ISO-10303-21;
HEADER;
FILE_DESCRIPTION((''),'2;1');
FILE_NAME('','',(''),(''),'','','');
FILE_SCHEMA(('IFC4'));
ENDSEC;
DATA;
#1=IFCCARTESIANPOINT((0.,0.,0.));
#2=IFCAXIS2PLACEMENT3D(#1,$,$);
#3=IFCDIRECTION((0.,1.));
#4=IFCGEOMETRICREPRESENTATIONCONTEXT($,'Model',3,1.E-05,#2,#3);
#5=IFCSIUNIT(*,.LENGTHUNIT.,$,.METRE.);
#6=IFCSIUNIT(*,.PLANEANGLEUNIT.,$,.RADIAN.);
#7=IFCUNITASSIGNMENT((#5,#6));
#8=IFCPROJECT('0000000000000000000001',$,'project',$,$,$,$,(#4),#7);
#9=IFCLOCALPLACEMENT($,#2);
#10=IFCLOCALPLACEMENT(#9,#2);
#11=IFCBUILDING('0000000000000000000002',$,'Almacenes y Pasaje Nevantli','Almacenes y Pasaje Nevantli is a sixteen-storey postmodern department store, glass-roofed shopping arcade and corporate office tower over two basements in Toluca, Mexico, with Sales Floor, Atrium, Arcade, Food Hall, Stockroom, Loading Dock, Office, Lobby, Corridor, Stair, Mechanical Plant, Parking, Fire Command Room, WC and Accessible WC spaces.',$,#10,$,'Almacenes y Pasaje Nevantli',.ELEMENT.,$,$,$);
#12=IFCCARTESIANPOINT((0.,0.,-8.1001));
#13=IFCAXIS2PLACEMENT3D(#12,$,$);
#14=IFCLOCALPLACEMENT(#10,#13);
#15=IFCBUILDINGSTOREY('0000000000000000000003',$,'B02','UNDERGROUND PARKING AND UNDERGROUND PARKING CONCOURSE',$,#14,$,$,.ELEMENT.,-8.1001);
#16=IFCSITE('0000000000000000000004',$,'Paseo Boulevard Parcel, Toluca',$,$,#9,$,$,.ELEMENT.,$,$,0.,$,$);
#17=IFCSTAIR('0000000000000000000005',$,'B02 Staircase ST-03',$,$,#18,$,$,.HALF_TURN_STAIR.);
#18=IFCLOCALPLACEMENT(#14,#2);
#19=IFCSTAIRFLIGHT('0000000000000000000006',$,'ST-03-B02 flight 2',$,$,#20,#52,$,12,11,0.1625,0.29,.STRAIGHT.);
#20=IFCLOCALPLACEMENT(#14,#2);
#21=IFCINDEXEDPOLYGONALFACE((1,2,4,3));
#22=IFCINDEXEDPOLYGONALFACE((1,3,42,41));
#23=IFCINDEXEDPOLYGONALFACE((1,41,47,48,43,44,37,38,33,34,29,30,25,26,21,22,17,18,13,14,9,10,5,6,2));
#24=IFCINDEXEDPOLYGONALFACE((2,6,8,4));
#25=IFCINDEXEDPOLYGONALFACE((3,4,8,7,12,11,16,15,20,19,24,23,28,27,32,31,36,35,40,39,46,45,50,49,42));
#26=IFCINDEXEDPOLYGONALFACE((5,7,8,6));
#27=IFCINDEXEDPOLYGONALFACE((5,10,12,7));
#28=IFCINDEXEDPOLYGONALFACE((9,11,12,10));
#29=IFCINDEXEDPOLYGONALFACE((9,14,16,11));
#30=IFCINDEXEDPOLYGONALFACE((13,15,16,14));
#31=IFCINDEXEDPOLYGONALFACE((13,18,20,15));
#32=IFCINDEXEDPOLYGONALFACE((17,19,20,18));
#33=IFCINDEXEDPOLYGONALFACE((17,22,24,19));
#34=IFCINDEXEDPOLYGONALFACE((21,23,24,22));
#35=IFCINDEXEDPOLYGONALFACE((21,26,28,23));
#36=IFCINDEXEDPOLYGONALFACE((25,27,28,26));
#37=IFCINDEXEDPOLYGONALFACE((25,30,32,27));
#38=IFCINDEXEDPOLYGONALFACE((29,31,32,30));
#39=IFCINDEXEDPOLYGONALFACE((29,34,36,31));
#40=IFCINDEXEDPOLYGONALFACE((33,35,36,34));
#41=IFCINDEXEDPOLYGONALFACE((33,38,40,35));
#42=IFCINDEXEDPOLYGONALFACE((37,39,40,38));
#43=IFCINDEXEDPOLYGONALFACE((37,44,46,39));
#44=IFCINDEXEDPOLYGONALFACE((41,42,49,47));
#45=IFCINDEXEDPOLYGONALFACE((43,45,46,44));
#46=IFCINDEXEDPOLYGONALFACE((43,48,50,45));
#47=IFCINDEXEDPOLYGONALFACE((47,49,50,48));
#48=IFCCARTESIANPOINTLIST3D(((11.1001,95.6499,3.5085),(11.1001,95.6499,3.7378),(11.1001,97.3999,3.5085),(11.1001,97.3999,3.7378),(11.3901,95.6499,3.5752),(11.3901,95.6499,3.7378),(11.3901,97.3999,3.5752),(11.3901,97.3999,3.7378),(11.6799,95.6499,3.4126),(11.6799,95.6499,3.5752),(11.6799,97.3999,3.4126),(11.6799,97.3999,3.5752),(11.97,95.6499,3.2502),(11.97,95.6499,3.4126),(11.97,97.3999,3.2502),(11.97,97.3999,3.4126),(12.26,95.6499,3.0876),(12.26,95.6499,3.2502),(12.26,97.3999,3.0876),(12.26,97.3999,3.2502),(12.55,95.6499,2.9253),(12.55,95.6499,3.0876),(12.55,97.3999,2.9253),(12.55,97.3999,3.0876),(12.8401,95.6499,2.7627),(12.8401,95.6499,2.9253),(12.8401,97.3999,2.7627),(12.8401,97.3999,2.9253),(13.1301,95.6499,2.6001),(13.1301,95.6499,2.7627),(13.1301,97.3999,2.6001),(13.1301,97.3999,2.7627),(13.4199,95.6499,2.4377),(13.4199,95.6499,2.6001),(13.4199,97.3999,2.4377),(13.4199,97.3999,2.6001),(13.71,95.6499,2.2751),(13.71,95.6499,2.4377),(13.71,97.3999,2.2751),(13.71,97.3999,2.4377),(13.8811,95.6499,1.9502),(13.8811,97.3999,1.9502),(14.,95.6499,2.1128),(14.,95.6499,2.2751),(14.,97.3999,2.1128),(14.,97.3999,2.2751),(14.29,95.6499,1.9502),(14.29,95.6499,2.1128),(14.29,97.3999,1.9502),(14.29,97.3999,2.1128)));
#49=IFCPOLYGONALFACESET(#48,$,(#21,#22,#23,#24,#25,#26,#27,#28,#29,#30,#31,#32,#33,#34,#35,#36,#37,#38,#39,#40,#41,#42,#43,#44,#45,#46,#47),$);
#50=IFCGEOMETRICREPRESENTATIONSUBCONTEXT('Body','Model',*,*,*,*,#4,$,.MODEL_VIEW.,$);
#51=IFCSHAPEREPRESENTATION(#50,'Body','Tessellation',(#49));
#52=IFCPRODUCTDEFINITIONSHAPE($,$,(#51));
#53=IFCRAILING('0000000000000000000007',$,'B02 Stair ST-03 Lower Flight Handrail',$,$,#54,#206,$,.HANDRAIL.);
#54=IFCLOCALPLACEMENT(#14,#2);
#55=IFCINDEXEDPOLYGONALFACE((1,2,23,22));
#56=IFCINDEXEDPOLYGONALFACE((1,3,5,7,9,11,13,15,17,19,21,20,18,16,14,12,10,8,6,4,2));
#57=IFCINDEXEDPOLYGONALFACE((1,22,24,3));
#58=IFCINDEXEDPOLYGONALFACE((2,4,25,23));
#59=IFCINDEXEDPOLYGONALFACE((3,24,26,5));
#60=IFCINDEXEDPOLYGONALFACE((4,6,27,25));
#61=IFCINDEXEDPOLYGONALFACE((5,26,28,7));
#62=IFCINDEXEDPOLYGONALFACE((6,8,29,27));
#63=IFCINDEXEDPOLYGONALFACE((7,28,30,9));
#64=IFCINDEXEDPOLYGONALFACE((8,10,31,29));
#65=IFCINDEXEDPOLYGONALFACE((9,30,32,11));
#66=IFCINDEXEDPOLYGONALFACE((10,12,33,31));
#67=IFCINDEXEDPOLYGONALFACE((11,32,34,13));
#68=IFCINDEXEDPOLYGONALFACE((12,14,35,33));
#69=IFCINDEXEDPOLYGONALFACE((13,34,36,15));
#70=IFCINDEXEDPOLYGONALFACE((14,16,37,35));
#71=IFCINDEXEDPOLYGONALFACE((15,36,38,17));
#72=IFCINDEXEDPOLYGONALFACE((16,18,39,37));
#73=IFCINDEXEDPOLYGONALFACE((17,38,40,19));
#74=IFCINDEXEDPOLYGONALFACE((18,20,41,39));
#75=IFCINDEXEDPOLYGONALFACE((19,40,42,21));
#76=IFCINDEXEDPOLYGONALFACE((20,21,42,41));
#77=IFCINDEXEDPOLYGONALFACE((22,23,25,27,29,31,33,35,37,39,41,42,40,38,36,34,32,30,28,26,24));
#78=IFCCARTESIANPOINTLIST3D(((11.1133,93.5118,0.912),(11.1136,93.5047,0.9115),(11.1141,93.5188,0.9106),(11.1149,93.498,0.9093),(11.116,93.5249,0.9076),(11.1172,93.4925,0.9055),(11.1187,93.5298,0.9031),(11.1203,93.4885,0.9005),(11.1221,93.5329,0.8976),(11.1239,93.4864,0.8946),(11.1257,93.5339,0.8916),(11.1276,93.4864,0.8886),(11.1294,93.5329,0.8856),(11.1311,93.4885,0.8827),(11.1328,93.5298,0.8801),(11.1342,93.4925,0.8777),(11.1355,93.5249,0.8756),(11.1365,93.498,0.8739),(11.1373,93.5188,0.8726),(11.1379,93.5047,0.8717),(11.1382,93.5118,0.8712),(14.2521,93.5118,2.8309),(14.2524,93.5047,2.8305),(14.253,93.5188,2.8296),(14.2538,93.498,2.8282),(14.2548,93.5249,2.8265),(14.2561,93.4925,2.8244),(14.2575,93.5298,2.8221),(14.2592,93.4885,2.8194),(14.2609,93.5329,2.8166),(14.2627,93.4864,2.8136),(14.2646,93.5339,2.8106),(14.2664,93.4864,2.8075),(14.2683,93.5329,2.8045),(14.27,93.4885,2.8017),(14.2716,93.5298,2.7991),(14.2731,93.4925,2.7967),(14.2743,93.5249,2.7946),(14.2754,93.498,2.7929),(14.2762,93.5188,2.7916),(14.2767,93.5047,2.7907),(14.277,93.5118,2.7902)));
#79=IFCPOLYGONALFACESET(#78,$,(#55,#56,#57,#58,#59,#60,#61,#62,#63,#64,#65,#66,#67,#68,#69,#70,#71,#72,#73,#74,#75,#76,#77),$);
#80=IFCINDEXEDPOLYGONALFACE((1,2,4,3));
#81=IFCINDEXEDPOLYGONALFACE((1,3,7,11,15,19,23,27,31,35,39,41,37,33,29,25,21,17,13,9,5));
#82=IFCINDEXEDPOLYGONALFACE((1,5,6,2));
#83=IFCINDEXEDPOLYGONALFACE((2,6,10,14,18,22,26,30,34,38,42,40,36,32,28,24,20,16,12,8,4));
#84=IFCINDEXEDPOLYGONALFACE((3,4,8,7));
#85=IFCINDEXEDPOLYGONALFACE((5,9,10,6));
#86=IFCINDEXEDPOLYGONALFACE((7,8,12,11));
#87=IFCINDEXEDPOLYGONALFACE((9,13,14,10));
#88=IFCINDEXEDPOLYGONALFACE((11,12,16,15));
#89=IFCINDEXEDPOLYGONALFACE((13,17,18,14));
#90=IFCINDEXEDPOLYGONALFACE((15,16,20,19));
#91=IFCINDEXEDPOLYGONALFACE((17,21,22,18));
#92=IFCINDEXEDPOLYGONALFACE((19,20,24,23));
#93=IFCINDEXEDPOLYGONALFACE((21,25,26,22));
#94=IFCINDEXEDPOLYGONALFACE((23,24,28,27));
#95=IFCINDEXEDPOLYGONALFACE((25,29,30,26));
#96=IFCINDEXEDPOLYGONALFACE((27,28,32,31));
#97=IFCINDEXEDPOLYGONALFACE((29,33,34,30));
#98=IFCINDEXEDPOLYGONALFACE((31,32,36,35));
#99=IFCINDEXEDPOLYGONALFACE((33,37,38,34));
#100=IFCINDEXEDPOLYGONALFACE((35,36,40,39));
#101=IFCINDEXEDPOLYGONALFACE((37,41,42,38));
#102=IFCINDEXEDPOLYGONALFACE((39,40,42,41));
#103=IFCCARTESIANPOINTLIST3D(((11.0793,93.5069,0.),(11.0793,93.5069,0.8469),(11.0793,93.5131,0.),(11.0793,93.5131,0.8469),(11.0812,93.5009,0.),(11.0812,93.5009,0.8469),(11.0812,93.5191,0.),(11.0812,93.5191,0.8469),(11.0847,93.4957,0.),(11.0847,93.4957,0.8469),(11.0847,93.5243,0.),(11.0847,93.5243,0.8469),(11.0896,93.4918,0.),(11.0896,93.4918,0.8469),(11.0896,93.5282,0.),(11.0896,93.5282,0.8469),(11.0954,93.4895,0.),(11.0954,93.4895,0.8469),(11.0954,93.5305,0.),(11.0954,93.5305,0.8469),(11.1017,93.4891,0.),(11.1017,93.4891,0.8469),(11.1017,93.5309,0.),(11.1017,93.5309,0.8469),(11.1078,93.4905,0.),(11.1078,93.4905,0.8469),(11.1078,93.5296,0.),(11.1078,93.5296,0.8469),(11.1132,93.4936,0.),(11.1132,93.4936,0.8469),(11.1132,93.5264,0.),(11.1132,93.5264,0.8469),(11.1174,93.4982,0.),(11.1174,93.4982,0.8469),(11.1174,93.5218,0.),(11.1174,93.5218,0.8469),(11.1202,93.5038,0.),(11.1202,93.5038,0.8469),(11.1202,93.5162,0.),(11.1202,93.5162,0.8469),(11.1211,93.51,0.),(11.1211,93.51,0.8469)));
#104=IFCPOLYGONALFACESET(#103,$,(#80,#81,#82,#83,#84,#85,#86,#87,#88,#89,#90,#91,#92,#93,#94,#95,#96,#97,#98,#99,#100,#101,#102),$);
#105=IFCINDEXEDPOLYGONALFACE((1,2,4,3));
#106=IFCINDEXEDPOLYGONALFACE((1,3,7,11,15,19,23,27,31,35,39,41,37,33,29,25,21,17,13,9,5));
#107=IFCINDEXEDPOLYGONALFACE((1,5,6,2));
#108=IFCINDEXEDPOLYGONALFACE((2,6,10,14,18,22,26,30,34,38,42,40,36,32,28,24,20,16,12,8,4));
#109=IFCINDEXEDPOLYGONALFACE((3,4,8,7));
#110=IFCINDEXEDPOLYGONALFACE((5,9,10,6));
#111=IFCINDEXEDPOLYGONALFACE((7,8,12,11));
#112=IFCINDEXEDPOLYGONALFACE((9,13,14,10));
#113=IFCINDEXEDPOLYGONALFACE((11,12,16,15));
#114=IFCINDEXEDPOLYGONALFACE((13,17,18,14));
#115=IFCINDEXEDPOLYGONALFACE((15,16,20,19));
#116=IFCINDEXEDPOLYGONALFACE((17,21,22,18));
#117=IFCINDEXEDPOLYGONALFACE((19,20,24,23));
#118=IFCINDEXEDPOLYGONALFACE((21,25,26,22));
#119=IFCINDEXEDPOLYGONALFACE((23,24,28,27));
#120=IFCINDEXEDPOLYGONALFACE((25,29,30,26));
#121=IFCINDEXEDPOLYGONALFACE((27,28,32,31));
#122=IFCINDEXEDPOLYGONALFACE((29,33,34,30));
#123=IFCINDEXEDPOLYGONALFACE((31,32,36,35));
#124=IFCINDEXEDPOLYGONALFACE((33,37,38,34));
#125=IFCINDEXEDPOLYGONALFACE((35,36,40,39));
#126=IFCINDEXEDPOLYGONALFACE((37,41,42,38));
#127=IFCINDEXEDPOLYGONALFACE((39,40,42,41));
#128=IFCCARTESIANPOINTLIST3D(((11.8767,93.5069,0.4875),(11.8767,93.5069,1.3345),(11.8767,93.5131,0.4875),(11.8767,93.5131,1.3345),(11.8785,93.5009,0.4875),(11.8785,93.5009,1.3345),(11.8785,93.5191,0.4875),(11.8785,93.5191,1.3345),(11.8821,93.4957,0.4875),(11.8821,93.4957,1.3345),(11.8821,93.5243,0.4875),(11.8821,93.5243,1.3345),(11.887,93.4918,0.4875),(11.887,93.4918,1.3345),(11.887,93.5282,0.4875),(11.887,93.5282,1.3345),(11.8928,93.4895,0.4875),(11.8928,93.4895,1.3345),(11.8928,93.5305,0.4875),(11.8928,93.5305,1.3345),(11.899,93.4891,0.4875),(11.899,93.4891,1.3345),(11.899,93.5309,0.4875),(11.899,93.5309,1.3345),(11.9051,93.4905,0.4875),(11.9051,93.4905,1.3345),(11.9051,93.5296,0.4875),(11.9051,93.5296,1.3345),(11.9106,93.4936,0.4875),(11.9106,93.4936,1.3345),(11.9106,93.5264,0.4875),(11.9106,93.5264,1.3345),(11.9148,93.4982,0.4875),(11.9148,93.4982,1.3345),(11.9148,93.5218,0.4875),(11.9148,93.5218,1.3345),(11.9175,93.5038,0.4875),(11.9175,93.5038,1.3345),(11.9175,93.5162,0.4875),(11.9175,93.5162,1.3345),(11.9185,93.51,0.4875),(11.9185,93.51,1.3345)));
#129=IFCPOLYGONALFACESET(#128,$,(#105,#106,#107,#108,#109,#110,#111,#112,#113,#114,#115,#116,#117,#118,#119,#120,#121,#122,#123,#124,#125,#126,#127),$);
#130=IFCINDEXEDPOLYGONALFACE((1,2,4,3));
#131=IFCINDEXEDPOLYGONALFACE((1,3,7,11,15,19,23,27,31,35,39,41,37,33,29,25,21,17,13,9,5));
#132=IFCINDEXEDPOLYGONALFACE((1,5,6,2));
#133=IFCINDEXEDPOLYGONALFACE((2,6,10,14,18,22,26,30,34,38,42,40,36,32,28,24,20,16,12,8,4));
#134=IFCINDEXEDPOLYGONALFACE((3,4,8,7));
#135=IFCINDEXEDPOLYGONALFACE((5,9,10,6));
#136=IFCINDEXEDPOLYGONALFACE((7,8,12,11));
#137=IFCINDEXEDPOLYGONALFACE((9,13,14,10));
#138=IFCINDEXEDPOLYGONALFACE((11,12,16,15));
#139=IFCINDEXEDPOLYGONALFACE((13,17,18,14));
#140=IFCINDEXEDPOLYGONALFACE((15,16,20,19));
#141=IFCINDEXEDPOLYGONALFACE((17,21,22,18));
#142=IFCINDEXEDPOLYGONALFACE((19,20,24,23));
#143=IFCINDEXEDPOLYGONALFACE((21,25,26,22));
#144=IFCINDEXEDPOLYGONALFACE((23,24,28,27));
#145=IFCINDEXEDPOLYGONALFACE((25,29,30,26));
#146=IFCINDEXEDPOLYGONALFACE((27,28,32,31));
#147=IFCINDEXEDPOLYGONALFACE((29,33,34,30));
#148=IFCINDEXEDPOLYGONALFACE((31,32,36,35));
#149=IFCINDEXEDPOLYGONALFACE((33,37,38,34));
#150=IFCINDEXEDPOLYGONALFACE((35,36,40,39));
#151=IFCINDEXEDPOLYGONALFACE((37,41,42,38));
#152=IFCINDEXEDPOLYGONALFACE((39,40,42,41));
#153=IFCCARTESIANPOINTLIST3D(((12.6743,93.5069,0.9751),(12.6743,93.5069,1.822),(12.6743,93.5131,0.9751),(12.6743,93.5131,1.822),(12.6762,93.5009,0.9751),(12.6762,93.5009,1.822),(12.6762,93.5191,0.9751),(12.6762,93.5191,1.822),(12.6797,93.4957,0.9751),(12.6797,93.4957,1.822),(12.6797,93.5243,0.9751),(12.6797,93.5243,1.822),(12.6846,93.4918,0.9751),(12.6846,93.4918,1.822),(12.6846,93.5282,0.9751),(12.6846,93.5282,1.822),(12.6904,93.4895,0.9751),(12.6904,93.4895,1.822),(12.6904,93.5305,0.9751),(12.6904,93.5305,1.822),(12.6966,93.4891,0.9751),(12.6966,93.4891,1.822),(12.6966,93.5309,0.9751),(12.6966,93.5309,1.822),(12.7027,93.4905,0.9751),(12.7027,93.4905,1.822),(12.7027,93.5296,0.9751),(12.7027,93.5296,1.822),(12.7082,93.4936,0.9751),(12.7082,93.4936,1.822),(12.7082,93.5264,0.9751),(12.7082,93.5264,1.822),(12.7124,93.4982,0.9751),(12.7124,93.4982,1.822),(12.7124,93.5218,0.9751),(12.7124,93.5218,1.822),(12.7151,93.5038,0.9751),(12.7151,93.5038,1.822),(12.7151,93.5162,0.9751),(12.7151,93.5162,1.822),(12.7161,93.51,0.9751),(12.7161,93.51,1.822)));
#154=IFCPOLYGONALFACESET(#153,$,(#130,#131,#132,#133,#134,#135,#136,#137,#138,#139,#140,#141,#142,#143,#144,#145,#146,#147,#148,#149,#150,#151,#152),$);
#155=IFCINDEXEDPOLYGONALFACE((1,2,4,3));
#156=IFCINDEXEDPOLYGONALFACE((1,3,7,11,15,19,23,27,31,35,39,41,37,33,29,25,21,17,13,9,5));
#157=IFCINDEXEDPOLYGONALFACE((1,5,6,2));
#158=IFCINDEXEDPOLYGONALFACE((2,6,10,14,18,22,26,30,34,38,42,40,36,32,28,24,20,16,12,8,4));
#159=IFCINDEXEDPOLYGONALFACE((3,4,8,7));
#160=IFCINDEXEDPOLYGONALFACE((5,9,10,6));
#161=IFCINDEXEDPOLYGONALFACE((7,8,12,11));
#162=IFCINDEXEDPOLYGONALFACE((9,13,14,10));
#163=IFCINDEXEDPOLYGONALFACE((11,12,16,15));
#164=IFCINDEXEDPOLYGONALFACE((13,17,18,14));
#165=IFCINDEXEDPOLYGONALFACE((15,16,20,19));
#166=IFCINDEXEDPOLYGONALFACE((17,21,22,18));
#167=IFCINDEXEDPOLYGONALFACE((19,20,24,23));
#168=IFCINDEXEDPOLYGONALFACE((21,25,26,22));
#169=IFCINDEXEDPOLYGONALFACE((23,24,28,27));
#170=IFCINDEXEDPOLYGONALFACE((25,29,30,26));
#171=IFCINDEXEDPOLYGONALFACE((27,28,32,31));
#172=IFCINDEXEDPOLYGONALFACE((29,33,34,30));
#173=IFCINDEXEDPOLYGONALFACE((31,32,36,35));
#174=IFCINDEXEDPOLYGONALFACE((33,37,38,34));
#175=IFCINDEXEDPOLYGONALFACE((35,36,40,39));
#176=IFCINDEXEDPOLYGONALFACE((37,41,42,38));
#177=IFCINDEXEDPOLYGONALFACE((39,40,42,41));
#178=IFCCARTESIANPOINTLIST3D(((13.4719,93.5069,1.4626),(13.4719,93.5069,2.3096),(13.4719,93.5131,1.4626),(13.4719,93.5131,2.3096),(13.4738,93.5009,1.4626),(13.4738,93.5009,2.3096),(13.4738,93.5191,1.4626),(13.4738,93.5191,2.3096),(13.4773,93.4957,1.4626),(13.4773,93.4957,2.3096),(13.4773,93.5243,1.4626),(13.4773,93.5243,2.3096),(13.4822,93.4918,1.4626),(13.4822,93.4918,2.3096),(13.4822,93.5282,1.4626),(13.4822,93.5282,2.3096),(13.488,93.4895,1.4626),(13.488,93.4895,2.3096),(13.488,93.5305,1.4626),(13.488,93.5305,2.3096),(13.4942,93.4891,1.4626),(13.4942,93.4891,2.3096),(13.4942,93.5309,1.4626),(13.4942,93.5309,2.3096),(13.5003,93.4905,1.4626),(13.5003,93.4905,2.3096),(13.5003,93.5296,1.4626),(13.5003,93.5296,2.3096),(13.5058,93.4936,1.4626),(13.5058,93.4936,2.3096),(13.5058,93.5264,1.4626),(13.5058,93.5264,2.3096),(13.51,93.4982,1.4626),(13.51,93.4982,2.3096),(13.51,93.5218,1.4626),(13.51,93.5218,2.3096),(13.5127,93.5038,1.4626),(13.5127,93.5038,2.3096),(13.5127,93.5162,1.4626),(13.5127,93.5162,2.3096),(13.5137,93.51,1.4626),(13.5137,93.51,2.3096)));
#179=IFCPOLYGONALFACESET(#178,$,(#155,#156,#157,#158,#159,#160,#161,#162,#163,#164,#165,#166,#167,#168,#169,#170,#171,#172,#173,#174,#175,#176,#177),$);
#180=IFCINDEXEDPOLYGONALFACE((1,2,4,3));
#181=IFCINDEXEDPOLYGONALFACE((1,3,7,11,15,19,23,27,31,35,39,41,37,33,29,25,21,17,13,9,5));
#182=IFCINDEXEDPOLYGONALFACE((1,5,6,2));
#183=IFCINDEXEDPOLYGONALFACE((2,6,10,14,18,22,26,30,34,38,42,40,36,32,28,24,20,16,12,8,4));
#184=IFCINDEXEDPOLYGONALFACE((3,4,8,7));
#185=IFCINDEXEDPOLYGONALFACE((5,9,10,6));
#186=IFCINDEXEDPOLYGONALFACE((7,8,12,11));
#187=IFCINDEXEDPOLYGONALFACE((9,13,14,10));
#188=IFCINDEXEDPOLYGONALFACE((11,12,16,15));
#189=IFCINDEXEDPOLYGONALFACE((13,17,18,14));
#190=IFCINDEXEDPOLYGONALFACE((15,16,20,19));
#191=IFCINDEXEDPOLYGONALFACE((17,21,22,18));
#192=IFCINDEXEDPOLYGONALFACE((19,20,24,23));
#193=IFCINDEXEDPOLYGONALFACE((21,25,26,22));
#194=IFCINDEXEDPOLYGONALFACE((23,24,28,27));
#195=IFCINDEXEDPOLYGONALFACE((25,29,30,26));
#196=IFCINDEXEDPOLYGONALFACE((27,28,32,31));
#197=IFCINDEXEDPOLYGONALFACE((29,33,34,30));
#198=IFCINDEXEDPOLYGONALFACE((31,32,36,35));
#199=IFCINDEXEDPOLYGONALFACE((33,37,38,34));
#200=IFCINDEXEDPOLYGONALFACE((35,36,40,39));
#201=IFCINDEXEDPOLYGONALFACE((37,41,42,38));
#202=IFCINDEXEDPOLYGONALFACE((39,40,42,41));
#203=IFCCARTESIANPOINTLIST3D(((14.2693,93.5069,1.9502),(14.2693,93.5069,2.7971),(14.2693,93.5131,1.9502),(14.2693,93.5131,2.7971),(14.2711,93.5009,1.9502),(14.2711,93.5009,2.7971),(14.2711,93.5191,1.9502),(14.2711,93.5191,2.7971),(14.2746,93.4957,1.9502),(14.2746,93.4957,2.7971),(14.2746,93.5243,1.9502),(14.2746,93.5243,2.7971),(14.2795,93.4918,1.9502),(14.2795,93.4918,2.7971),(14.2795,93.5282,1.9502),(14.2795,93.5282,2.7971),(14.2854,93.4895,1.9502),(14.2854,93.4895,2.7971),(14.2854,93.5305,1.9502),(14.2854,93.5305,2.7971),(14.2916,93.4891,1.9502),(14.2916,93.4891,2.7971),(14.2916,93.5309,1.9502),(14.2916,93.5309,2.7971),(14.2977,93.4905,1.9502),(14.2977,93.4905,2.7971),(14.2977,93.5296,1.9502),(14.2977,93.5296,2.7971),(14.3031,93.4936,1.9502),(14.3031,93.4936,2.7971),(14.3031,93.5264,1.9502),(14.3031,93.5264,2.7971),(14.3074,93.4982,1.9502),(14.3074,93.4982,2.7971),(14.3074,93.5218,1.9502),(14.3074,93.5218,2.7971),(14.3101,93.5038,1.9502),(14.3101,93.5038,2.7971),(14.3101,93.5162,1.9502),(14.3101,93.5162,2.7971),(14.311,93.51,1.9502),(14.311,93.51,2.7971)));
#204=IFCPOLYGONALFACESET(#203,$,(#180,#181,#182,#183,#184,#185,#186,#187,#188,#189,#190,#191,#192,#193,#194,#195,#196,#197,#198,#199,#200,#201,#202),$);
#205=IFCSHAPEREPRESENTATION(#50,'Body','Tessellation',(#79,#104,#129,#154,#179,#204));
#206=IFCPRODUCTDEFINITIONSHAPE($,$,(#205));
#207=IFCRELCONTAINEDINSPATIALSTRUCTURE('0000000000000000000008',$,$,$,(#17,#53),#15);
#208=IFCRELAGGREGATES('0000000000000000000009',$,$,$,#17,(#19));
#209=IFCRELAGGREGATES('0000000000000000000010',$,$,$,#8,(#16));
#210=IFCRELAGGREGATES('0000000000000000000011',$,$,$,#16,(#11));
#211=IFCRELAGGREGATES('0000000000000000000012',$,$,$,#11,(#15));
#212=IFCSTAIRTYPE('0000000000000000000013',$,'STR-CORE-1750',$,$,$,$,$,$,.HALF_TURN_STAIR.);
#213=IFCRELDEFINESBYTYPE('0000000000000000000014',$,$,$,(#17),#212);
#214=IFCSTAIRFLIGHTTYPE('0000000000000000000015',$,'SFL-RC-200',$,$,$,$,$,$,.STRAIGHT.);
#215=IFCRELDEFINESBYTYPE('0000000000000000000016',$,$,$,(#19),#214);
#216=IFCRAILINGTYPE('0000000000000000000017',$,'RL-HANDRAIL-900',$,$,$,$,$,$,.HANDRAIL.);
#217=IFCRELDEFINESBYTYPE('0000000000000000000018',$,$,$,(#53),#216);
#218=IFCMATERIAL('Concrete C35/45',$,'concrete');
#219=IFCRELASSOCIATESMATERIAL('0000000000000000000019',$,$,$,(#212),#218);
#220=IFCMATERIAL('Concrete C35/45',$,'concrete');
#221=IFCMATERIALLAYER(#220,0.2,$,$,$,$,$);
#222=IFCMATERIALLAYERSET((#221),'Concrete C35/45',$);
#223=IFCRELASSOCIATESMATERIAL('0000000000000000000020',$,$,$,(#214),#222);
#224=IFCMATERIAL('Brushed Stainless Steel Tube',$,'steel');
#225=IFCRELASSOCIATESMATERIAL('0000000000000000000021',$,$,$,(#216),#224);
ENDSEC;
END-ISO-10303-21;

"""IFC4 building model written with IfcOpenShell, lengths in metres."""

from ifc_helpers import new_model, si_unit, direction, frame, origin, origin_2d, place, context, subcontext, project, spatial, polyline, circle, outline, extrude, material, layer, layer_set, type_object, element, aggregate, save


model = new_model("IFC4")

# Units and contexts
model_context = context("Model", 3, precision=1e-05, world=origin(), true_north=direction((0.0, 1.0)))
body_context = subcontext(model_context, "Body", "Model", "MODEL_VIEW")
ifc_project = project(units=[si_unit("LENGTHUNIT", "METRE"), si_unit("PLANEANGLEUNIT", "RADIAN")], contexts=[model_context])

# Site, building, storey
site_placement = place(None, origin())
site = spatial("IfcSite", under=ifc_project, at=site_placement, Name="Paseo Boulevard Parcel, Toluca", CompositionType="ELEMENT", RefElevation=0.0)
building_placement = place(site_placement, origin())
building = spatial("IfcBuilding", under=site, at=building_placement, Name="Almacenes y Pasaje Nevantli", Description="Almacenes y Pasaje Nevantli is a sixteen-storey postmodern department store, glass-roofed shopping arcade and corporate office tower over two basements in Toluca, Mexico, with Sales Floor, Atrium, Arcade, Food Hall, Stockroom, Loading Dock, Office, Lobby, Corridor, Stair, Mechanical Plant, Parking, Fire Command Room, WC and Accessible WC spaces.", LongName="Almacenes y Pasaje Nevantli", CompositionType="ELEMENT")
storey_placement = place(building_placement, frame((0.0, 0.0, -8.1001)))
storey = spatial("IfcBuildingStorey", under=building, at=storey_placement, Name="B02", Description="UNDERGROUND PARKING AND UNDERGROUND PARKING CONCOURSE", CompositionType="ELEMENT", Elevation=-8.1001)

# Stair, stair flight
ifc_material_1 = material(Name="Concrete C35/45", Category="concrete")
stair_type = type_object("IfcStairType", Name="STR-CORE-1750", PredefinedType="HALF_TURN_STAIR", material=ifc_material_1)
stair_placement = place(storey_placement, origin())
stair = element("IfcStair", 1, at=stair_placement, inside=storey, type_object=stair_type, Name="B02 Staircase ST-03", PredefinedType="HALF_TURN_STAIR")
ifc_material_2 = material(Name="Concrete C35/45", Category="concrete")
ifc_layer_1 = layer(ifc_material_2, 0.2)
ifc_layer_set_1 = layer_set([ifc_layer_1], Name="Concrete C35/45")
stair_flight_type = type_object("IfcStairFlightType", Name="SFL-RC-200", PredefinedType="STRAIGHT", material=ifc_layer_set_1)
stair_flight_1_placement = place(storey_placement, frame((14.29, 96.5249, 1.9502), z_axis=(0.0, 0.0, 1.0), x_axis=(-1.0, 0.0, 0.0)))
stair_flight_1 = element("IfcStairFlight", 2, at=stair_flight_1_placement, type_object=stair_flight_type, Name="ST-03-B02 flight 2", NumberOfRisers=12, NumberOfTreads=11, PredefinedType="STRAIGHT", RiserHeight=0.1625, TreadLength=0.29, context=body_context, shape_type="SweptSolid", body=[
    extrude(outline(polyline([(0.0, 0.0), (0.0, 0.1626), (0.29, 0.1626), (0.29, 0.325), (0.5801, 0.325), (0.5801, 0.4875), (0.8701, 0.4875), (0.8701, 0.6499), (1.1599, 0.6499), (1.1599, 0.8125), (1.45, 0.8125), (1.45, 0.9751), (1.74, 0.9751), (1.74, 1.1375), (2.03, 1.1375), (2.03, 1.3), (2.3201, 1.3), (2.3201, 1.4624), (2.6101, 1.4624), (2.6101, 1.625), (2.8999, 1.625), (2.8999, 1.7876), (3.1899, 1.7876), (3.1899, 1.95), (3.1899, 1.5583), (0.4089, 0.0), (0.0, 0.0)])), frame((0.0, 0.875, 0.0), z_axis=(0.0, -1.0, 0.0), x_axis=(1.0, 0.0, 0.0)), (0.0, 0.0, 1.0), 1.75),
])
aggregate(stair, [stair_flight_1])

# Railing
ifc_material_3 = material(Name="Brushed Stainless Steel Tube", Category="steel")
railing_type_1 = type_object("IfcRailingType", Name="RL-HANDRAIL-900", PredefinedType="HANDRAIL", material=ifc_material_3)
railing_1_placement = place(storey_placement, frame((11.1001, 93.51, 0.0)))
element("IfcRailing", 3, at=railing_1_placement, inside=storey, type_object=railing_type_1, Name="B02 Stair ST-03 Lower Flight Handrail", PredefinedType="HANDRAIL", context=body_context, shape_type="SweptSolid", body=[
    extrude(circle(Radius=0.0239, at=origin_2d()), frame((0.0256, 0.0, 0.8916), z_axis=(0.853188, 0.0, 0.521603), x_axis=(0.0, 1.0, 0.0)), (0.0, 0.0, 1.0), 3.679),
    extrude(circle(Radius=0.021, at=origin_2d()), origin(), (0.0, 0.0, 1.0), 0.8469),
    extrude(circle(Radius=0.021, at=origin_2d()), frame((0.7974, 0.0, 0.4875)), (0.0, 0.0, 1.0), 0.8469),
    extrude(circle(Radius=0.021, at=origin_2d()), frame((1.595, 0.0, 0.9751)), (0.0, 0.0, 1.0), 0.8469),
    extrude(circle(Radius=0.021, at=origin_2d()), frame((2.3926, 0.0, 1.4626)), (0.0, 0.0, 1.0), 0.8469),
    extrude(circle(Radius=0.021, at=origin_2d()), frame((3.1899, 0.0, 1.9502)), (0.0, 0.0, 1.0), 0.8469),
])

save(model, "model.ifc")
